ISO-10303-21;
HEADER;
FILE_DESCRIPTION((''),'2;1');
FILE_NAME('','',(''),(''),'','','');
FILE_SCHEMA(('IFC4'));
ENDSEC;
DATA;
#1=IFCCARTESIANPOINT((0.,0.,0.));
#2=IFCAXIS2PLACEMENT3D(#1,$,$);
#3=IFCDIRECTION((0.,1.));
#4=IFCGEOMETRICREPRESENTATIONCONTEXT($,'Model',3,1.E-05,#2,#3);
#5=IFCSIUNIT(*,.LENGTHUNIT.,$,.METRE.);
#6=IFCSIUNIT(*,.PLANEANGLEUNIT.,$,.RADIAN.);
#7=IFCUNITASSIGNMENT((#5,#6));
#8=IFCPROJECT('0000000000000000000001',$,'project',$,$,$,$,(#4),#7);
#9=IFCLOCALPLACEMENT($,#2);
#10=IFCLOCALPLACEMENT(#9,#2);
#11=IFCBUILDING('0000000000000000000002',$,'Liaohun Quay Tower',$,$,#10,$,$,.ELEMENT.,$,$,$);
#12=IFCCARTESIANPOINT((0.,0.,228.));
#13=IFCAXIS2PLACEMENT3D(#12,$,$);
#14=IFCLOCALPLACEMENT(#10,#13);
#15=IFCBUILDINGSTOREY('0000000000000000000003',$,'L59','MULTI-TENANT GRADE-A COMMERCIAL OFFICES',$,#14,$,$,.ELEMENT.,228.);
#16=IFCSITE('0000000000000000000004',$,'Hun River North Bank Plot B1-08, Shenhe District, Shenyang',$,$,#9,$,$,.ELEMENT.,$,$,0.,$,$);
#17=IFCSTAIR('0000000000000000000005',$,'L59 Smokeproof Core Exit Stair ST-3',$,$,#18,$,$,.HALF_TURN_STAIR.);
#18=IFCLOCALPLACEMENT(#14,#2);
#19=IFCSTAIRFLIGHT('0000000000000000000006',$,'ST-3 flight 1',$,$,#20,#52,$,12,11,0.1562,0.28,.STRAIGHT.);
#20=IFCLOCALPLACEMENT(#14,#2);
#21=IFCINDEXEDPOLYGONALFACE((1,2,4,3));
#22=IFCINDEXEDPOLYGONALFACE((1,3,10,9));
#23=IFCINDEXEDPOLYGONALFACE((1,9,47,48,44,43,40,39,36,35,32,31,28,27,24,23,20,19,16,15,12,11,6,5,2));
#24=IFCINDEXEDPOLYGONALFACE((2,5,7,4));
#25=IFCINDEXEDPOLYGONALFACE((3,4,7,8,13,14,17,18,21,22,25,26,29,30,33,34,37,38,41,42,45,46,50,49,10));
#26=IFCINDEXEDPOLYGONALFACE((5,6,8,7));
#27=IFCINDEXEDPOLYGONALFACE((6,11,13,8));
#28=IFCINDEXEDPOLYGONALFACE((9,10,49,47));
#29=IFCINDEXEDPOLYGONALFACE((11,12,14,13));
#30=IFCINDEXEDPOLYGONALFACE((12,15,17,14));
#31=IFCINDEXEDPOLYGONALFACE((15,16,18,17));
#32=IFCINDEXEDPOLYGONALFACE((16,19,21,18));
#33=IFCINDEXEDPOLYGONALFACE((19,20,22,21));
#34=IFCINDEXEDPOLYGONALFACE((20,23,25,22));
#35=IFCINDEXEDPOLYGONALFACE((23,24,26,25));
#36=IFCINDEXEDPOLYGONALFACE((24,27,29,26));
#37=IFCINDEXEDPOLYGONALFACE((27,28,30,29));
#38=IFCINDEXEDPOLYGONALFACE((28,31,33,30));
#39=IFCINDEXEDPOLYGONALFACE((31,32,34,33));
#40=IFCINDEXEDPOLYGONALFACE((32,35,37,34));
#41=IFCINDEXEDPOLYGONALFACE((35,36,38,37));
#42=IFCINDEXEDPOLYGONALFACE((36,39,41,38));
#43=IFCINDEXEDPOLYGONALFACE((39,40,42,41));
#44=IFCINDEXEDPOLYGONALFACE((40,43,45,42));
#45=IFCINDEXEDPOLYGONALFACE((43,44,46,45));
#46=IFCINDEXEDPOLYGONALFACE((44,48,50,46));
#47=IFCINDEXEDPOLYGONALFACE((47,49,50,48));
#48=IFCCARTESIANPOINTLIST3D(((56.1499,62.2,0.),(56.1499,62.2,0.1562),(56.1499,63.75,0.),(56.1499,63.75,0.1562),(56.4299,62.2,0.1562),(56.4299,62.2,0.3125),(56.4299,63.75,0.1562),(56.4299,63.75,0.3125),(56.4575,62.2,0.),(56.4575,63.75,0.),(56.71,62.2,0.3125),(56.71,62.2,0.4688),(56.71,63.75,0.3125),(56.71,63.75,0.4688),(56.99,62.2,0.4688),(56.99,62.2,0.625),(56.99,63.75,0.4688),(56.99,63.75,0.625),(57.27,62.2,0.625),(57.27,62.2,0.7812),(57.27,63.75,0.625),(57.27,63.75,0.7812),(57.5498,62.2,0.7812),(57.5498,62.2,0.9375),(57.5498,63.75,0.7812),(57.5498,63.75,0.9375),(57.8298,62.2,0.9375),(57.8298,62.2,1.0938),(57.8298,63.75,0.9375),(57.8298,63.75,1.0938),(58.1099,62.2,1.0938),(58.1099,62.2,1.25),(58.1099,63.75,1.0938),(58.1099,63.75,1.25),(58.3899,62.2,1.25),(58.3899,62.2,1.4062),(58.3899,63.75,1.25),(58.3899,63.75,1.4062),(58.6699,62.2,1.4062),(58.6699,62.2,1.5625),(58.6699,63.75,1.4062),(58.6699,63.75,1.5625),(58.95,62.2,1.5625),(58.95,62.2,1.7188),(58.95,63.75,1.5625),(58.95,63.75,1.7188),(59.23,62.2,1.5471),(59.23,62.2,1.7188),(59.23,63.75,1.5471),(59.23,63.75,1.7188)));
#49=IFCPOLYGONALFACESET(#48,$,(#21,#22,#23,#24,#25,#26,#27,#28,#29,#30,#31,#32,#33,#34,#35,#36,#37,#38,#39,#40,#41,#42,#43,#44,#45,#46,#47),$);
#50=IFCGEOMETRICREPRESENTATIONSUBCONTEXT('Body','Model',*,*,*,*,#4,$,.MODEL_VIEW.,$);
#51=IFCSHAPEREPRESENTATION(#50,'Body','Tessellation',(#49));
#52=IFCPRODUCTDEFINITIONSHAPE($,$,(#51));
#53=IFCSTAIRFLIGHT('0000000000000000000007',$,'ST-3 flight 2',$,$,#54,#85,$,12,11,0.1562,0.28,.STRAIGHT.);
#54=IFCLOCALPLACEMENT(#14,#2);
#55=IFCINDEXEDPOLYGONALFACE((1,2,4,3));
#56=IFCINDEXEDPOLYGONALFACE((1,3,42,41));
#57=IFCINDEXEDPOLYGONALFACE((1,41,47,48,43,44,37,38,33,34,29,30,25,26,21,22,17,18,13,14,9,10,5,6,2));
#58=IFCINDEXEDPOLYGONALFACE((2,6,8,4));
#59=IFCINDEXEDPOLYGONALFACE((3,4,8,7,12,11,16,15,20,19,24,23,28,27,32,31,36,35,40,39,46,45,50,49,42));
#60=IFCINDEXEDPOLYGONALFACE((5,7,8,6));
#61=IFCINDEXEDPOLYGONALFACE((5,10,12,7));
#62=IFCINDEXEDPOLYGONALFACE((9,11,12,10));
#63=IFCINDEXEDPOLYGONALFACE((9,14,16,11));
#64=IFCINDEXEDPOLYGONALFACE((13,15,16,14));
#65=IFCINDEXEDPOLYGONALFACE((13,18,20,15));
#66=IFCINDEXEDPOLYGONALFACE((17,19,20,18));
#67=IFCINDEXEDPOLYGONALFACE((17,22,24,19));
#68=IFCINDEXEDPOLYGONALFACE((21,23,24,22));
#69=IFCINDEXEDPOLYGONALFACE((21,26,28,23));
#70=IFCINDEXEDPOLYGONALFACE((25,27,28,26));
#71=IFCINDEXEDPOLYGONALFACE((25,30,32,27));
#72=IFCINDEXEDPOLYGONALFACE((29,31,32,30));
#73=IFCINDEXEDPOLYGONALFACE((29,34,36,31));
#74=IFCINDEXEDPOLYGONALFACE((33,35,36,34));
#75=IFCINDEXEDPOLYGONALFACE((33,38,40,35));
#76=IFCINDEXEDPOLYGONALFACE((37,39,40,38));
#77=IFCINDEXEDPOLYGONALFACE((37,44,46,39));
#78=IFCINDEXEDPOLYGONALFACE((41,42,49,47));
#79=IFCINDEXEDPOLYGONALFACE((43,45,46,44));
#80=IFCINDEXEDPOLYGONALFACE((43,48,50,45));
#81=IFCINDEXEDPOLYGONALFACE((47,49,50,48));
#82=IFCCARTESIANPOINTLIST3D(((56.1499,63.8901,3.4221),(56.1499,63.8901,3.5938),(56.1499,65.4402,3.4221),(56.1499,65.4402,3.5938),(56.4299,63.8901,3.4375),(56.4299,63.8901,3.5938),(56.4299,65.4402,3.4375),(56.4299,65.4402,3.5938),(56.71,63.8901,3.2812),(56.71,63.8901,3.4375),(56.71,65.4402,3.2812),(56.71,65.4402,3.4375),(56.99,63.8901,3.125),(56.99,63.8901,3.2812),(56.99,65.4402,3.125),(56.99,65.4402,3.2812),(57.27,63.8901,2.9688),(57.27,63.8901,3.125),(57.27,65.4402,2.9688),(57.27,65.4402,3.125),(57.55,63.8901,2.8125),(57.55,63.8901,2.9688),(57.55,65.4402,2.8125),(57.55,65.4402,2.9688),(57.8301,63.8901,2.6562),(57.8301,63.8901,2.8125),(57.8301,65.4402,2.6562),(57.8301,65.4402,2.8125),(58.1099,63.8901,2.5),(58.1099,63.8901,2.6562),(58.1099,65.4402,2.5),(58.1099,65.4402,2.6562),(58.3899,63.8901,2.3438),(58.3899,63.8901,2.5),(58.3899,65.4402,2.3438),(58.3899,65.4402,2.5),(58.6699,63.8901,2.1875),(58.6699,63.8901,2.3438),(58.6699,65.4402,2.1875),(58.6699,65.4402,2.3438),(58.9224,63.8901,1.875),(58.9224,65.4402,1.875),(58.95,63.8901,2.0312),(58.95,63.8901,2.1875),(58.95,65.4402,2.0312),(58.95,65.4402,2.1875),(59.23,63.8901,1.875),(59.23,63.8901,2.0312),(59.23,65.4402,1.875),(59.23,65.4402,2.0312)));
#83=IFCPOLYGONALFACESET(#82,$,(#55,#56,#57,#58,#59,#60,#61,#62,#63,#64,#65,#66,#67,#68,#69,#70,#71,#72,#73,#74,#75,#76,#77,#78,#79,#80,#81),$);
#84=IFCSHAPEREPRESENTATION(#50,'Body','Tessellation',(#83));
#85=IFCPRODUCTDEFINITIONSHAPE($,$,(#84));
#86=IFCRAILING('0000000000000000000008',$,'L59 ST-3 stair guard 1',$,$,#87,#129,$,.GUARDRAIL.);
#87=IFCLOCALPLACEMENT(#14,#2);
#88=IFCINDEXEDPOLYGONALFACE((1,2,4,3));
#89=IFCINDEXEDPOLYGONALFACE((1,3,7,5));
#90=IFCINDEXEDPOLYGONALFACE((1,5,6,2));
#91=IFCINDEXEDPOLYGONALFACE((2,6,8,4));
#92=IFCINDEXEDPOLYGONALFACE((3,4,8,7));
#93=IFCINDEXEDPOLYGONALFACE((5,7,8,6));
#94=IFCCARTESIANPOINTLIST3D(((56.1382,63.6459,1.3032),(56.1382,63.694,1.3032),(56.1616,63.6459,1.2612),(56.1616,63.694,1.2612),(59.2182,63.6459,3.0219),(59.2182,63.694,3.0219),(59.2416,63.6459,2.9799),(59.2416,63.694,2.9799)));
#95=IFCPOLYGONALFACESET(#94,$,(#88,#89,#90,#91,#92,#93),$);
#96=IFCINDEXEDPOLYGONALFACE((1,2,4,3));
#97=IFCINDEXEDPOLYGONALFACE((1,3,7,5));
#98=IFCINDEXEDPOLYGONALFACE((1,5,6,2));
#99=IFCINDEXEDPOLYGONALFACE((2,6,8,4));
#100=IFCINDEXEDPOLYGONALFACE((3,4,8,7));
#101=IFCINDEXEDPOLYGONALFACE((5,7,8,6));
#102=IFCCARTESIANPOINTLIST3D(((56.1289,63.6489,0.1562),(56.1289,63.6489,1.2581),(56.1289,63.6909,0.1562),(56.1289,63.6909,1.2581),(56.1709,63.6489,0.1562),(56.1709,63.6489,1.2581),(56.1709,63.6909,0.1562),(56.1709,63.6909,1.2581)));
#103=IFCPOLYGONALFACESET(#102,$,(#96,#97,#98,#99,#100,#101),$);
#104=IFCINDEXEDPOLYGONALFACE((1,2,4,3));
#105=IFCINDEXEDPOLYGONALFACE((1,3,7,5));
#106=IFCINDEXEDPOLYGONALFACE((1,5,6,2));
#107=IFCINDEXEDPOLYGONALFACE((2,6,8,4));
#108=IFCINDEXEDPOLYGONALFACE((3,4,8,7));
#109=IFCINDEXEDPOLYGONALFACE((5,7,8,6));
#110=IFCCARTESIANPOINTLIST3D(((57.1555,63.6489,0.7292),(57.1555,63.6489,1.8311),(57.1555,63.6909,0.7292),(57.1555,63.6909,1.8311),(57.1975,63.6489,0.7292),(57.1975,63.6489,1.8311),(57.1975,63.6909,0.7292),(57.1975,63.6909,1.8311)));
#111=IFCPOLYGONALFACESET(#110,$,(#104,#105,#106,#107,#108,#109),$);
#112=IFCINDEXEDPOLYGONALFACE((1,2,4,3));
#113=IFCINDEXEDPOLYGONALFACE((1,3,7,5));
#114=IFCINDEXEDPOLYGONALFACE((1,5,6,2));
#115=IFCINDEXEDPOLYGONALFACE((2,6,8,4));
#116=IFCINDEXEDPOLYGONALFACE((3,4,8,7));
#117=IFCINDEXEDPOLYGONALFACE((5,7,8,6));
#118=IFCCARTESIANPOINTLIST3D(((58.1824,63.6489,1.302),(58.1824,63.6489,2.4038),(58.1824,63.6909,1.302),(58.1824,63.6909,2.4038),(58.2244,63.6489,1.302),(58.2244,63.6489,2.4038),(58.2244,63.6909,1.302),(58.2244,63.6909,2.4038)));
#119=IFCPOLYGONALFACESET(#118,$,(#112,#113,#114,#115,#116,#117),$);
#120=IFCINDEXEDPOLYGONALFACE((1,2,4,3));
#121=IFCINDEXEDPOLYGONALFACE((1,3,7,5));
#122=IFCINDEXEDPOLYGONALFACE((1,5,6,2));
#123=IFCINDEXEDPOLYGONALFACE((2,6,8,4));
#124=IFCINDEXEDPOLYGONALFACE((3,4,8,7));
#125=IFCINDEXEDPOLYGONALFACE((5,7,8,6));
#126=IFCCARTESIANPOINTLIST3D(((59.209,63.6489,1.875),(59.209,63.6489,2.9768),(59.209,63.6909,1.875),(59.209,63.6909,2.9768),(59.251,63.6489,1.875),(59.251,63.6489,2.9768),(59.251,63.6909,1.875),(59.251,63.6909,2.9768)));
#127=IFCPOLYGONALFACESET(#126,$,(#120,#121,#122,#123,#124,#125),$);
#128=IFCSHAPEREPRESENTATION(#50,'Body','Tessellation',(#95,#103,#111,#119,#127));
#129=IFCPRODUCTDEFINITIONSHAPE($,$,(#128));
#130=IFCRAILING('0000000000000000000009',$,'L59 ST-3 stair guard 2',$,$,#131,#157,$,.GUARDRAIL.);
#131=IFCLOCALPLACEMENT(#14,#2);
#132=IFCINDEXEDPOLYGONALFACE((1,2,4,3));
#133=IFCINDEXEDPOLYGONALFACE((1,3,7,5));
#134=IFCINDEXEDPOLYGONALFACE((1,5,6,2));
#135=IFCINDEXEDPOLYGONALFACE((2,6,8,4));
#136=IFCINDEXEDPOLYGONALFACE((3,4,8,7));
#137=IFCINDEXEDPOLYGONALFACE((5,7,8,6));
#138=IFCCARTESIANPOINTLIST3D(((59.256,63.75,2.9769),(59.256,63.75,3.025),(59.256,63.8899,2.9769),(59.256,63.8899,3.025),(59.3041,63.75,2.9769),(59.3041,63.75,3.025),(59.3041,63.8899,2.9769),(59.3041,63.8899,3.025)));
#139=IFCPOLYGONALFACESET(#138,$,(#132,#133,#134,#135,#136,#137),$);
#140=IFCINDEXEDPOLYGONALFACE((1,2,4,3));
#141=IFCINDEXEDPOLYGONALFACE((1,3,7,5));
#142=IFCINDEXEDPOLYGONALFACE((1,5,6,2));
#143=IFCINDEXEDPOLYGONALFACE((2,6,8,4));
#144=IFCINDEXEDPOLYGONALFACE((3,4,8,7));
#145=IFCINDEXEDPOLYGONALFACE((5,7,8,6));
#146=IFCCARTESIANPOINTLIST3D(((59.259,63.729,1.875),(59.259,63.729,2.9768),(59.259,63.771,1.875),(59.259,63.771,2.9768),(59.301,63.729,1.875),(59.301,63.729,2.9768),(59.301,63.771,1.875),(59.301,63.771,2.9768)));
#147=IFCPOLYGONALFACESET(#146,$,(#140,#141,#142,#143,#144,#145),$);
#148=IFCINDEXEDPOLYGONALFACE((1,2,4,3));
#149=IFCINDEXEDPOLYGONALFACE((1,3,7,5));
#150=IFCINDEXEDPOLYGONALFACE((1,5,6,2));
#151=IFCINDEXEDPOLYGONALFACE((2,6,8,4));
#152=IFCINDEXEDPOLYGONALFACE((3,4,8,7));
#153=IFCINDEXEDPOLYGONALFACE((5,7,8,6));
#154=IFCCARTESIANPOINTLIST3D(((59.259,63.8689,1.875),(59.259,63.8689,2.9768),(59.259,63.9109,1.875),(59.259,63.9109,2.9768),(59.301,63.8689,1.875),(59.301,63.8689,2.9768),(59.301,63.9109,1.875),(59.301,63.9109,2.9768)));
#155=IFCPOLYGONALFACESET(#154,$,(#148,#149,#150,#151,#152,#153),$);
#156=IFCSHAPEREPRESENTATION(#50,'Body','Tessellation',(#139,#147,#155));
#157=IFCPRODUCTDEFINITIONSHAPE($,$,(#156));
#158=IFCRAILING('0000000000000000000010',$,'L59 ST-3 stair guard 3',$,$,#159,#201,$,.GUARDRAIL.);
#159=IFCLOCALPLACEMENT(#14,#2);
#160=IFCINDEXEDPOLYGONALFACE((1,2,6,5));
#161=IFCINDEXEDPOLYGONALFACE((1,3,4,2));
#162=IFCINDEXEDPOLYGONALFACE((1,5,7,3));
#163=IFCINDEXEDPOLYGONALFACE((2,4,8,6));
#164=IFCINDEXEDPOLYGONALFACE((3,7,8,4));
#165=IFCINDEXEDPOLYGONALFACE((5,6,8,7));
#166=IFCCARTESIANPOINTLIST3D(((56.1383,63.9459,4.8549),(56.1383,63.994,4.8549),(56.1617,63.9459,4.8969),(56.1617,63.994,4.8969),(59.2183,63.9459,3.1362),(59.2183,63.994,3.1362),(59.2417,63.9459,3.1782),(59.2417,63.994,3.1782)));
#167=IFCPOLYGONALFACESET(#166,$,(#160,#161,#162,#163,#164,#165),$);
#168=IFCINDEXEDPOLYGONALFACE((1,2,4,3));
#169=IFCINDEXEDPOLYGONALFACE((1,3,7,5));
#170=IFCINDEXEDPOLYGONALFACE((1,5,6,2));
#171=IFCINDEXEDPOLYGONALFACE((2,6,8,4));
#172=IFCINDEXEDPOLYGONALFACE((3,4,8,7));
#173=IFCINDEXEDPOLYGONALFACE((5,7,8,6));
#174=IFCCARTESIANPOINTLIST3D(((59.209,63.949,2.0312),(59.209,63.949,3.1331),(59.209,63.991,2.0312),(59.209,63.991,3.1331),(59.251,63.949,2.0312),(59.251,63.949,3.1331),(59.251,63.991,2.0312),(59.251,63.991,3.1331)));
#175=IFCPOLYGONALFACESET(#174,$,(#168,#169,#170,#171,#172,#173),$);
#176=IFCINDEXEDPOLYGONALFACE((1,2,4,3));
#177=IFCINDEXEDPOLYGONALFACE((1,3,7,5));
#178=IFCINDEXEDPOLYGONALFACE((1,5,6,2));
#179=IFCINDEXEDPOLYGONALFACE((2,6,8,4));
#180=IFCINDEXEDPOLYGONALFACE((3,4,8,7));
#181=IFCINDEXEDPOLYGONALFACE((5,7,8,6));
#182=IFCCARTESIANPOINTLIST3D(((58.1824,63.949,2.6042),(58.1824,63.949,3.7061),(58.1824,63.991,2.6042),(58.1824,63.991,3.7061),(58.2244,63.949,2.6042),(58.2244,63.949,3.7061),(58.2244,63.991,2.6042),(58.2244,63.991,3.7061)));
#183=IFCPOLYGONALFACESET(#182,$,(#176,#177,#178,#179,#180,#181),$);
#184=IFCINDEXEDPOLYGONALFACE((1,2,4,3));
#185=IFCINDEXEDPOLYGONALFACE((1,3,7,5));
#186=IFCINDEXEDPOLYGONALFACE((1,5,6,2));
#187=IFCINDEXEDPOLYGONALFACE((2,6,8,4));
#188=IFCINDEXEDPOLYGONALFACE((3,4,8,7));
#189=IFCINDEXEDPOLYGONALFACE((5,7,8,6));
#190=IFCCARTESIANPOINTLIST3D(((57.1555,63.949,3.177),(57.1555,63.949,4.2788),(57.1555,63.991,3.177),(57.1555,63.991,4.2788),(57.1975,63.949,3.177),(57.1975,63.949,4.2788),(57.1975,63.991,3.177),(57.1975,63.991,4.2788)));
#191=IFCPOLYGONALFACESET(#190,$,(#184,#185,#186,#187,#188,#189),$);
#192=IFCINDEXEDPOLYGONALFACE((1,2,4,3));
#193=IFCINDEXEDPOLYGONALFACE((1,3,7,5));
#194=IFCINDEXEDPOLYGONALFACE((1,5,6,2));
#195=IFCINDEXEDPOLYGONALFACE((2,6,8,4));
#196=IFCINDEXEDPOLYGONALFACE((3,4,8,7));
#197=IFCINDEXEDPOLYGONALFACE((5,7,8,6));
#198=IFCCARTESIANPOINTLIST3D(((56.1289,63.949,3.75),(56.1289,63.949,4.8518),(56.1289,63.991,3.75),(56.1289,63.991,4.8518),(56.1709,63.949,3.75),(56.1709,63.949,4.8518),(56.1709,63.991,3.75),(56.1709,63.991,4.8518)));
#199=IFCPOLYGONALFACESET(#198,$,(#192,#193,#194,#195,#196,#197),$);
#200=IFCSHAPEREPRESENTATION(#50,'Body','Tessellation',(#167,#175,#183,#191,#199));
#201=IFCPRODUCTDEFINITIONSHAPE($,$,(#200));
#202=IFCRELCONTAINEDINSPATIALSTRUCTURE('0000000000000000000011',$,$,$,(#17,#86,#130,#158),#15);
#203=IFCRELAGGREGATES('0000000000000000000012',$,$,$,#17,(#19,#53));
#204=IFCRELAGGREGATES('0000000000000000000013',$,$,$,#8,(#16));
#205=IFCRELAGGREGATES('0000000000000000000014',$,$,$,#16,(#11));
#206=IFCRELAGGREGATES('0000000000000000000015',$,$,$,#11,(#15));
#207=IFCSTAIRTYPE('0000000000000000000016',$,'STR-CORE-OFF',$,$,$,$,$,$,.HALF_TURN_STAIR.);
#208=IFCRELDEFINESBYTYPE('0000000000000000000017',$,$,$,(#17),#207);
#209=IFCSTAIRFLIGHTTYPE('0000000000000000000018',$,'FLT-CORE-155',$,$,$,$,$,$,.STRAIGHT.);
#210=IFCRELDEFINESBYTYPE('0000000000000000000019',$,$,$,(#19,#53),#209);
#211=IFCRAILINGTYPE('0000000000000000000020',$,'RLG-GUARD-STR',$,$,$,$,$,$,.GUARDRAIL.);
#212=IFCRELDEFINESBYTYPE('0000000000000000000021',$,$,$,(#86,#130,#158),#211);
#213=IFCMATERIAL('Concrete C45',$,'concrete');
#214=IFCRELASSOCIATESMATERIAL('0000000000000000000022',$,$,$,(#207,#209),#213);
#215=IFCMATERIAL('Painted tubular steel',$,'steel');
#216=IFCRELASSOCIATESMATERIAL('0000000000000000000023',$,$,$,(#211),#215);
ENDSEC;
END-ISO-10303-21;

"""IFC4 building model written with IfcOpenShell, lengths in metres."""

from ifc_helpers import new_model, si_unit, direction, frame, origin, origin_2d, place, context, subcontext, project, spatial, polyline, rectangle, outline, extrude, material, type_object, element, aggregate, save


model = new_model("IFC4")

# Units and contexts
model_context = context("Model", 3, precision=1e-05, world=origin(), true_north=direction((0.0, 1.0)))
body_context = subcontext(model_context, "Body", "Model", "MODEL_VIEW")
ifc_project = project(units=[si_unit("LENGTHUNIT", "METRE"), si_unit("PLANEANGLEUNIT", "RADIAN")], contexts=[model_context])

# Site, building, storey
site_placement = place(None, origin())
site = spatial("IfcSite", under=ifc_project, at=site_placement, Name="Hun River North Bank Plot B1-08, Shenhe District, Shenyang", CompositionType="ELEMENT", RefElevation=0.0)
building_placement = place(site_placement, origin())
building = spatial("IfcBuilding", under=site, at=building_placement, Name="Liaohun Quay Tower", CompositionType="ELEMENT")
storey_placement = place(building_placement, frame((0.0, 0.0, 228.0)))
storey = spatial("IfcBuildingStorey", under=building, at=storey_placement, Name="L59", Description="MULTI-TENANT GRADE-A COMMERCIAL OFFICES", CompositionType="ELEMENT", Elevation=228.0)

# Stair, stair flights
ifc_material_1 = material(Name="Concrete C45", Category="concrete")
stair_type = type_object("IfcStairType", Name="STR-CORE-OFF", PredefinedType="HALF_TURN_STAIR", material=ifc_material_1)
stair_placement = place(storey_placement, origin())
stair = element("IfcStair", 1, at=stair_placement, inside=storey, type_object=stair_type, Name="L59 Smokeproof Core Exit Stair ST-3", PredefinedType="HALF_TURN_STAIR")
stair_flight_type = type_object("IfcStairFlightType", Name="FLT-CORE-155", PredefinedType="STRAIGHT", material=ifc_material_1)
stair_flight_1_placement = place(storey_placement, frame((56.1499, 62.9751, 0.0), z_axis=(0.0, 0.0, 1.0), x_axis=(1.0, 0.0, 0.0)))
stair_flight_1 = element("IfcStairFlight", 2, at=stair_flight_1_placement, type_object=stair_flight_type, Name="ST-3 flight 1", NumberOfRisers=12, NumberOfTreads=11, PredefinedType="STRAIGHT", RiserHeight=0.1562, TreadLength=0.28, context=body_context, shape_type="SweptSolid", body=[
    extrude(outline(polyline([(0.0, 0.0), (0.0, 0.1562), (0.28, 0.1562), (0.28, 0.3125), (0.5601, 0.3125), (0.5601, 0.4688), (0.8401, 0.4688), (0.8401, 0.625), (1.1201, 0.625), (1.1201, 0.7812), (1.3999, 0.7812), (1.3999, 0.9375), (1.6799, 0.9375), (1.6799, 1.0938), (1.96, 1.0938), (1.96, 1.25), (2.24, 1.25), (2.24, 1.4062), (2.52, 1.4062), (2.52, 1.5625), (2.8, 1.5625), (2.8, 1.7188), (3.0801, 1.7188), (3.0801, 1.875), (3.0801, 1.5471), (0.3076, 0.0), (0.0, 0.0)])), frame((0.0, 0.7749, 0.0), z_axis=(0.0, -1.0, 0.0), x_axis=(1.0, 0.0, 0.0)), (0.0, 0.0, 1.0), 1.55),
])
stair_flight_2_placement = place(storey_placement, frame((59.23, 64.665, 1.875), z_axis=(0.0, 0.0, 1.0), x_axis=(-1.0, 0.0, 0.0)))
stair_flight_2 = element("IfcStairFlight", 3, at=stair_flight_2_placement, type_object=stair_flight_type, Name="ST-3 flight 2", NumberOfRisers=12, NumberOfTreads=11, PredefinedType="STRAIGHT", RiserHeight=0.1562, TreadLength=0.28, context=body_context, shape_type="SweptSolid", body=[
    extrude(outline(polyline([(0.0, 0.0), (0.0, 0.1562), (0.28, 0.1562), (0.28, 0.3125), (0.5601, 0.3125), (0.5601, 0.4688), (0.8401, 0.4688), (0.8401, 0.625), (1.1201, 0.625), (1.1201, 0.7812), (1.3999, 0.7812), (1.3999, 0.9375), (1.6799, 0.9375), (1.6799, 1.0938), (1.96, 1.0938), (1.96, 1.25), (2.24, 1.25), (2.24, 1.4062), (2.52, 1.4062), (2.52, 1.5625), (2.8, 1.5625), (2.8, 1.7188), (3.0801, 1.7188), (3.0801, 1.875), (3.0801, 1.5471), (0.3076, 0.0), (0.0, 0.0)])), frame((0.0, 0.7749, 0.0), z_axis=(0.0, -1.0, 0.0), x_axis=(1.0, 0.0, 0.0)), (0.0, 0.0, 1.0), 1.55),
])
aggregate(stair, [stair_flight_1, stair_flight_2])

# Railings
ifc_material_2 = material(Name="Painted tubular steel", Category="steel")
railing_type_1 = type_object("IfcRailingType", Name="RLG-GUARD-STR", PredefinedType="GUARDRAIL", material=ifc_material_2)
railing_1_placement = place(storey_placement, frame((56.1499, 63.6699, 0.1562)))
element("IfcRailing", 4, at=railing_1_placement, inside=storey, type_object=railing_type_1, Name="L59 ST-3 stair guard 1", PredefinedType="GUARDRAIL", context=body_context, shape_type="SweptSolid", body=[
    extrude(rectangle(XDim=0.0481, YDim=0.0481, at=origin_2d()), frame((0.0, 0.0, 1.126), z_axis=(0.873242, 0.0, 0.487288), x_axis=(0.0, 1.0, 0.0)), (0.0, 0.0, 1.0), 3.5271),
    extrude(rectangle(XDim=0.042, YDim=0.042, at=origin_2d()), origin(), (0.0, 0.0, 1.0), 1.1018),
    extrude(rectangle(XDim=0.042, YDim=0.042, at=origin_2d()), frame((1.0266, 0.0, 0.573)), (0.0, 0.0, 1.0), 1.1018),
    extrude(rectangle(XDim=0.042, YDim=0.042, at=origin_2d()), frame((2.0535, 0.0, 1.1458)), (0.0, 0.0, 1.0), 1.1018),
    extrude(rectangle(XDim=0.042, YDim=0.042, at=origin_2d()), frame((3.0801, 0.0, 1.7188)), (0.0, 0.0, 1.0), 1.1018),
])
railing_2_placement = place(storey_placement, frame((59.28, 63.75, 1.875)))
element("IfcRailing", 5, at=railing_2_placement, inside=storey, type_object=railing_type_1, Name="L59 ST-3 stair guard 2", PredefinedType="GUARDRAIL", context=body_context, shape_type="SweptSolid", body=[
    extrude(rectangle(XDim=0.0481, YDim=0.0481, at=origin_2d()), frame((0.0, 0.0, 1.126), z_axis=(0.0, 1.0, 0.0), x_axis=(-1.0, 0.0, 0.0)), (0.0, 0.0, 1.0), 0.1399),
    extrude(rectangle(XDim=0.042, YDim=0.042, at=origin_2d()), origin(), (0.0, 0.0, 1.0), 1.1018),
    extrude(rectangle(XDim=0.042, YDim=0.042, at=origin_2d()), frame((0.0, 0.1399, 0.0)), (0.0, 0.0, 1.0), 1.1018),
])
railing_3_placement = place(storey_placement, frame((59.23, 63.97, 2.0312)))
element("IfcRailing", 6, at=railing_3_placement, inside=storey, type_object=railing_type_1, Name="L59 ST-3 stair guard 3", PredefinedType="GUARDRAIL", context=body_context, shape_type="SweptSolid", body=[
    extrude(rectangle(XDim=0.0481, YDim=0.0481, at=origin_2d()), frame((0.0, 0.0, 1.126), z_axis=(-0.873242, 0.0, 0.487288), x_axis=(0.0, -1.0, 0.0)), (0.0, 0.0, 1.0), 3.5271),
    extrude(rectangle(XDim=0.042, YDim=0.042, at=origin_2d()), origin(), (0.0, 0.0, 1.0), 1.1018),
    extrude(rectangle(XDim=0.042, YDim=0.042, at=origin_2d()), frame((-1.0266, 0.0, 0.573)), (0.0, 0.0, 1.0), 1.1018),
    extrude(rectangle(XDim=0.042, YDim=0.042, at=origin_2d()), frame((-2.0535, 0.0, 1.1458)), (0.0, 0.0, 1.0), 1.1018),
    extrude(rectangle(XDim=0.042, YDim=0.042, at=origin_2d()), frame((-3.0801, 0.0, 1.7188)), (0.0, 0.0, 1.0), 1.1018),
])

save(model, "model.ifc")
